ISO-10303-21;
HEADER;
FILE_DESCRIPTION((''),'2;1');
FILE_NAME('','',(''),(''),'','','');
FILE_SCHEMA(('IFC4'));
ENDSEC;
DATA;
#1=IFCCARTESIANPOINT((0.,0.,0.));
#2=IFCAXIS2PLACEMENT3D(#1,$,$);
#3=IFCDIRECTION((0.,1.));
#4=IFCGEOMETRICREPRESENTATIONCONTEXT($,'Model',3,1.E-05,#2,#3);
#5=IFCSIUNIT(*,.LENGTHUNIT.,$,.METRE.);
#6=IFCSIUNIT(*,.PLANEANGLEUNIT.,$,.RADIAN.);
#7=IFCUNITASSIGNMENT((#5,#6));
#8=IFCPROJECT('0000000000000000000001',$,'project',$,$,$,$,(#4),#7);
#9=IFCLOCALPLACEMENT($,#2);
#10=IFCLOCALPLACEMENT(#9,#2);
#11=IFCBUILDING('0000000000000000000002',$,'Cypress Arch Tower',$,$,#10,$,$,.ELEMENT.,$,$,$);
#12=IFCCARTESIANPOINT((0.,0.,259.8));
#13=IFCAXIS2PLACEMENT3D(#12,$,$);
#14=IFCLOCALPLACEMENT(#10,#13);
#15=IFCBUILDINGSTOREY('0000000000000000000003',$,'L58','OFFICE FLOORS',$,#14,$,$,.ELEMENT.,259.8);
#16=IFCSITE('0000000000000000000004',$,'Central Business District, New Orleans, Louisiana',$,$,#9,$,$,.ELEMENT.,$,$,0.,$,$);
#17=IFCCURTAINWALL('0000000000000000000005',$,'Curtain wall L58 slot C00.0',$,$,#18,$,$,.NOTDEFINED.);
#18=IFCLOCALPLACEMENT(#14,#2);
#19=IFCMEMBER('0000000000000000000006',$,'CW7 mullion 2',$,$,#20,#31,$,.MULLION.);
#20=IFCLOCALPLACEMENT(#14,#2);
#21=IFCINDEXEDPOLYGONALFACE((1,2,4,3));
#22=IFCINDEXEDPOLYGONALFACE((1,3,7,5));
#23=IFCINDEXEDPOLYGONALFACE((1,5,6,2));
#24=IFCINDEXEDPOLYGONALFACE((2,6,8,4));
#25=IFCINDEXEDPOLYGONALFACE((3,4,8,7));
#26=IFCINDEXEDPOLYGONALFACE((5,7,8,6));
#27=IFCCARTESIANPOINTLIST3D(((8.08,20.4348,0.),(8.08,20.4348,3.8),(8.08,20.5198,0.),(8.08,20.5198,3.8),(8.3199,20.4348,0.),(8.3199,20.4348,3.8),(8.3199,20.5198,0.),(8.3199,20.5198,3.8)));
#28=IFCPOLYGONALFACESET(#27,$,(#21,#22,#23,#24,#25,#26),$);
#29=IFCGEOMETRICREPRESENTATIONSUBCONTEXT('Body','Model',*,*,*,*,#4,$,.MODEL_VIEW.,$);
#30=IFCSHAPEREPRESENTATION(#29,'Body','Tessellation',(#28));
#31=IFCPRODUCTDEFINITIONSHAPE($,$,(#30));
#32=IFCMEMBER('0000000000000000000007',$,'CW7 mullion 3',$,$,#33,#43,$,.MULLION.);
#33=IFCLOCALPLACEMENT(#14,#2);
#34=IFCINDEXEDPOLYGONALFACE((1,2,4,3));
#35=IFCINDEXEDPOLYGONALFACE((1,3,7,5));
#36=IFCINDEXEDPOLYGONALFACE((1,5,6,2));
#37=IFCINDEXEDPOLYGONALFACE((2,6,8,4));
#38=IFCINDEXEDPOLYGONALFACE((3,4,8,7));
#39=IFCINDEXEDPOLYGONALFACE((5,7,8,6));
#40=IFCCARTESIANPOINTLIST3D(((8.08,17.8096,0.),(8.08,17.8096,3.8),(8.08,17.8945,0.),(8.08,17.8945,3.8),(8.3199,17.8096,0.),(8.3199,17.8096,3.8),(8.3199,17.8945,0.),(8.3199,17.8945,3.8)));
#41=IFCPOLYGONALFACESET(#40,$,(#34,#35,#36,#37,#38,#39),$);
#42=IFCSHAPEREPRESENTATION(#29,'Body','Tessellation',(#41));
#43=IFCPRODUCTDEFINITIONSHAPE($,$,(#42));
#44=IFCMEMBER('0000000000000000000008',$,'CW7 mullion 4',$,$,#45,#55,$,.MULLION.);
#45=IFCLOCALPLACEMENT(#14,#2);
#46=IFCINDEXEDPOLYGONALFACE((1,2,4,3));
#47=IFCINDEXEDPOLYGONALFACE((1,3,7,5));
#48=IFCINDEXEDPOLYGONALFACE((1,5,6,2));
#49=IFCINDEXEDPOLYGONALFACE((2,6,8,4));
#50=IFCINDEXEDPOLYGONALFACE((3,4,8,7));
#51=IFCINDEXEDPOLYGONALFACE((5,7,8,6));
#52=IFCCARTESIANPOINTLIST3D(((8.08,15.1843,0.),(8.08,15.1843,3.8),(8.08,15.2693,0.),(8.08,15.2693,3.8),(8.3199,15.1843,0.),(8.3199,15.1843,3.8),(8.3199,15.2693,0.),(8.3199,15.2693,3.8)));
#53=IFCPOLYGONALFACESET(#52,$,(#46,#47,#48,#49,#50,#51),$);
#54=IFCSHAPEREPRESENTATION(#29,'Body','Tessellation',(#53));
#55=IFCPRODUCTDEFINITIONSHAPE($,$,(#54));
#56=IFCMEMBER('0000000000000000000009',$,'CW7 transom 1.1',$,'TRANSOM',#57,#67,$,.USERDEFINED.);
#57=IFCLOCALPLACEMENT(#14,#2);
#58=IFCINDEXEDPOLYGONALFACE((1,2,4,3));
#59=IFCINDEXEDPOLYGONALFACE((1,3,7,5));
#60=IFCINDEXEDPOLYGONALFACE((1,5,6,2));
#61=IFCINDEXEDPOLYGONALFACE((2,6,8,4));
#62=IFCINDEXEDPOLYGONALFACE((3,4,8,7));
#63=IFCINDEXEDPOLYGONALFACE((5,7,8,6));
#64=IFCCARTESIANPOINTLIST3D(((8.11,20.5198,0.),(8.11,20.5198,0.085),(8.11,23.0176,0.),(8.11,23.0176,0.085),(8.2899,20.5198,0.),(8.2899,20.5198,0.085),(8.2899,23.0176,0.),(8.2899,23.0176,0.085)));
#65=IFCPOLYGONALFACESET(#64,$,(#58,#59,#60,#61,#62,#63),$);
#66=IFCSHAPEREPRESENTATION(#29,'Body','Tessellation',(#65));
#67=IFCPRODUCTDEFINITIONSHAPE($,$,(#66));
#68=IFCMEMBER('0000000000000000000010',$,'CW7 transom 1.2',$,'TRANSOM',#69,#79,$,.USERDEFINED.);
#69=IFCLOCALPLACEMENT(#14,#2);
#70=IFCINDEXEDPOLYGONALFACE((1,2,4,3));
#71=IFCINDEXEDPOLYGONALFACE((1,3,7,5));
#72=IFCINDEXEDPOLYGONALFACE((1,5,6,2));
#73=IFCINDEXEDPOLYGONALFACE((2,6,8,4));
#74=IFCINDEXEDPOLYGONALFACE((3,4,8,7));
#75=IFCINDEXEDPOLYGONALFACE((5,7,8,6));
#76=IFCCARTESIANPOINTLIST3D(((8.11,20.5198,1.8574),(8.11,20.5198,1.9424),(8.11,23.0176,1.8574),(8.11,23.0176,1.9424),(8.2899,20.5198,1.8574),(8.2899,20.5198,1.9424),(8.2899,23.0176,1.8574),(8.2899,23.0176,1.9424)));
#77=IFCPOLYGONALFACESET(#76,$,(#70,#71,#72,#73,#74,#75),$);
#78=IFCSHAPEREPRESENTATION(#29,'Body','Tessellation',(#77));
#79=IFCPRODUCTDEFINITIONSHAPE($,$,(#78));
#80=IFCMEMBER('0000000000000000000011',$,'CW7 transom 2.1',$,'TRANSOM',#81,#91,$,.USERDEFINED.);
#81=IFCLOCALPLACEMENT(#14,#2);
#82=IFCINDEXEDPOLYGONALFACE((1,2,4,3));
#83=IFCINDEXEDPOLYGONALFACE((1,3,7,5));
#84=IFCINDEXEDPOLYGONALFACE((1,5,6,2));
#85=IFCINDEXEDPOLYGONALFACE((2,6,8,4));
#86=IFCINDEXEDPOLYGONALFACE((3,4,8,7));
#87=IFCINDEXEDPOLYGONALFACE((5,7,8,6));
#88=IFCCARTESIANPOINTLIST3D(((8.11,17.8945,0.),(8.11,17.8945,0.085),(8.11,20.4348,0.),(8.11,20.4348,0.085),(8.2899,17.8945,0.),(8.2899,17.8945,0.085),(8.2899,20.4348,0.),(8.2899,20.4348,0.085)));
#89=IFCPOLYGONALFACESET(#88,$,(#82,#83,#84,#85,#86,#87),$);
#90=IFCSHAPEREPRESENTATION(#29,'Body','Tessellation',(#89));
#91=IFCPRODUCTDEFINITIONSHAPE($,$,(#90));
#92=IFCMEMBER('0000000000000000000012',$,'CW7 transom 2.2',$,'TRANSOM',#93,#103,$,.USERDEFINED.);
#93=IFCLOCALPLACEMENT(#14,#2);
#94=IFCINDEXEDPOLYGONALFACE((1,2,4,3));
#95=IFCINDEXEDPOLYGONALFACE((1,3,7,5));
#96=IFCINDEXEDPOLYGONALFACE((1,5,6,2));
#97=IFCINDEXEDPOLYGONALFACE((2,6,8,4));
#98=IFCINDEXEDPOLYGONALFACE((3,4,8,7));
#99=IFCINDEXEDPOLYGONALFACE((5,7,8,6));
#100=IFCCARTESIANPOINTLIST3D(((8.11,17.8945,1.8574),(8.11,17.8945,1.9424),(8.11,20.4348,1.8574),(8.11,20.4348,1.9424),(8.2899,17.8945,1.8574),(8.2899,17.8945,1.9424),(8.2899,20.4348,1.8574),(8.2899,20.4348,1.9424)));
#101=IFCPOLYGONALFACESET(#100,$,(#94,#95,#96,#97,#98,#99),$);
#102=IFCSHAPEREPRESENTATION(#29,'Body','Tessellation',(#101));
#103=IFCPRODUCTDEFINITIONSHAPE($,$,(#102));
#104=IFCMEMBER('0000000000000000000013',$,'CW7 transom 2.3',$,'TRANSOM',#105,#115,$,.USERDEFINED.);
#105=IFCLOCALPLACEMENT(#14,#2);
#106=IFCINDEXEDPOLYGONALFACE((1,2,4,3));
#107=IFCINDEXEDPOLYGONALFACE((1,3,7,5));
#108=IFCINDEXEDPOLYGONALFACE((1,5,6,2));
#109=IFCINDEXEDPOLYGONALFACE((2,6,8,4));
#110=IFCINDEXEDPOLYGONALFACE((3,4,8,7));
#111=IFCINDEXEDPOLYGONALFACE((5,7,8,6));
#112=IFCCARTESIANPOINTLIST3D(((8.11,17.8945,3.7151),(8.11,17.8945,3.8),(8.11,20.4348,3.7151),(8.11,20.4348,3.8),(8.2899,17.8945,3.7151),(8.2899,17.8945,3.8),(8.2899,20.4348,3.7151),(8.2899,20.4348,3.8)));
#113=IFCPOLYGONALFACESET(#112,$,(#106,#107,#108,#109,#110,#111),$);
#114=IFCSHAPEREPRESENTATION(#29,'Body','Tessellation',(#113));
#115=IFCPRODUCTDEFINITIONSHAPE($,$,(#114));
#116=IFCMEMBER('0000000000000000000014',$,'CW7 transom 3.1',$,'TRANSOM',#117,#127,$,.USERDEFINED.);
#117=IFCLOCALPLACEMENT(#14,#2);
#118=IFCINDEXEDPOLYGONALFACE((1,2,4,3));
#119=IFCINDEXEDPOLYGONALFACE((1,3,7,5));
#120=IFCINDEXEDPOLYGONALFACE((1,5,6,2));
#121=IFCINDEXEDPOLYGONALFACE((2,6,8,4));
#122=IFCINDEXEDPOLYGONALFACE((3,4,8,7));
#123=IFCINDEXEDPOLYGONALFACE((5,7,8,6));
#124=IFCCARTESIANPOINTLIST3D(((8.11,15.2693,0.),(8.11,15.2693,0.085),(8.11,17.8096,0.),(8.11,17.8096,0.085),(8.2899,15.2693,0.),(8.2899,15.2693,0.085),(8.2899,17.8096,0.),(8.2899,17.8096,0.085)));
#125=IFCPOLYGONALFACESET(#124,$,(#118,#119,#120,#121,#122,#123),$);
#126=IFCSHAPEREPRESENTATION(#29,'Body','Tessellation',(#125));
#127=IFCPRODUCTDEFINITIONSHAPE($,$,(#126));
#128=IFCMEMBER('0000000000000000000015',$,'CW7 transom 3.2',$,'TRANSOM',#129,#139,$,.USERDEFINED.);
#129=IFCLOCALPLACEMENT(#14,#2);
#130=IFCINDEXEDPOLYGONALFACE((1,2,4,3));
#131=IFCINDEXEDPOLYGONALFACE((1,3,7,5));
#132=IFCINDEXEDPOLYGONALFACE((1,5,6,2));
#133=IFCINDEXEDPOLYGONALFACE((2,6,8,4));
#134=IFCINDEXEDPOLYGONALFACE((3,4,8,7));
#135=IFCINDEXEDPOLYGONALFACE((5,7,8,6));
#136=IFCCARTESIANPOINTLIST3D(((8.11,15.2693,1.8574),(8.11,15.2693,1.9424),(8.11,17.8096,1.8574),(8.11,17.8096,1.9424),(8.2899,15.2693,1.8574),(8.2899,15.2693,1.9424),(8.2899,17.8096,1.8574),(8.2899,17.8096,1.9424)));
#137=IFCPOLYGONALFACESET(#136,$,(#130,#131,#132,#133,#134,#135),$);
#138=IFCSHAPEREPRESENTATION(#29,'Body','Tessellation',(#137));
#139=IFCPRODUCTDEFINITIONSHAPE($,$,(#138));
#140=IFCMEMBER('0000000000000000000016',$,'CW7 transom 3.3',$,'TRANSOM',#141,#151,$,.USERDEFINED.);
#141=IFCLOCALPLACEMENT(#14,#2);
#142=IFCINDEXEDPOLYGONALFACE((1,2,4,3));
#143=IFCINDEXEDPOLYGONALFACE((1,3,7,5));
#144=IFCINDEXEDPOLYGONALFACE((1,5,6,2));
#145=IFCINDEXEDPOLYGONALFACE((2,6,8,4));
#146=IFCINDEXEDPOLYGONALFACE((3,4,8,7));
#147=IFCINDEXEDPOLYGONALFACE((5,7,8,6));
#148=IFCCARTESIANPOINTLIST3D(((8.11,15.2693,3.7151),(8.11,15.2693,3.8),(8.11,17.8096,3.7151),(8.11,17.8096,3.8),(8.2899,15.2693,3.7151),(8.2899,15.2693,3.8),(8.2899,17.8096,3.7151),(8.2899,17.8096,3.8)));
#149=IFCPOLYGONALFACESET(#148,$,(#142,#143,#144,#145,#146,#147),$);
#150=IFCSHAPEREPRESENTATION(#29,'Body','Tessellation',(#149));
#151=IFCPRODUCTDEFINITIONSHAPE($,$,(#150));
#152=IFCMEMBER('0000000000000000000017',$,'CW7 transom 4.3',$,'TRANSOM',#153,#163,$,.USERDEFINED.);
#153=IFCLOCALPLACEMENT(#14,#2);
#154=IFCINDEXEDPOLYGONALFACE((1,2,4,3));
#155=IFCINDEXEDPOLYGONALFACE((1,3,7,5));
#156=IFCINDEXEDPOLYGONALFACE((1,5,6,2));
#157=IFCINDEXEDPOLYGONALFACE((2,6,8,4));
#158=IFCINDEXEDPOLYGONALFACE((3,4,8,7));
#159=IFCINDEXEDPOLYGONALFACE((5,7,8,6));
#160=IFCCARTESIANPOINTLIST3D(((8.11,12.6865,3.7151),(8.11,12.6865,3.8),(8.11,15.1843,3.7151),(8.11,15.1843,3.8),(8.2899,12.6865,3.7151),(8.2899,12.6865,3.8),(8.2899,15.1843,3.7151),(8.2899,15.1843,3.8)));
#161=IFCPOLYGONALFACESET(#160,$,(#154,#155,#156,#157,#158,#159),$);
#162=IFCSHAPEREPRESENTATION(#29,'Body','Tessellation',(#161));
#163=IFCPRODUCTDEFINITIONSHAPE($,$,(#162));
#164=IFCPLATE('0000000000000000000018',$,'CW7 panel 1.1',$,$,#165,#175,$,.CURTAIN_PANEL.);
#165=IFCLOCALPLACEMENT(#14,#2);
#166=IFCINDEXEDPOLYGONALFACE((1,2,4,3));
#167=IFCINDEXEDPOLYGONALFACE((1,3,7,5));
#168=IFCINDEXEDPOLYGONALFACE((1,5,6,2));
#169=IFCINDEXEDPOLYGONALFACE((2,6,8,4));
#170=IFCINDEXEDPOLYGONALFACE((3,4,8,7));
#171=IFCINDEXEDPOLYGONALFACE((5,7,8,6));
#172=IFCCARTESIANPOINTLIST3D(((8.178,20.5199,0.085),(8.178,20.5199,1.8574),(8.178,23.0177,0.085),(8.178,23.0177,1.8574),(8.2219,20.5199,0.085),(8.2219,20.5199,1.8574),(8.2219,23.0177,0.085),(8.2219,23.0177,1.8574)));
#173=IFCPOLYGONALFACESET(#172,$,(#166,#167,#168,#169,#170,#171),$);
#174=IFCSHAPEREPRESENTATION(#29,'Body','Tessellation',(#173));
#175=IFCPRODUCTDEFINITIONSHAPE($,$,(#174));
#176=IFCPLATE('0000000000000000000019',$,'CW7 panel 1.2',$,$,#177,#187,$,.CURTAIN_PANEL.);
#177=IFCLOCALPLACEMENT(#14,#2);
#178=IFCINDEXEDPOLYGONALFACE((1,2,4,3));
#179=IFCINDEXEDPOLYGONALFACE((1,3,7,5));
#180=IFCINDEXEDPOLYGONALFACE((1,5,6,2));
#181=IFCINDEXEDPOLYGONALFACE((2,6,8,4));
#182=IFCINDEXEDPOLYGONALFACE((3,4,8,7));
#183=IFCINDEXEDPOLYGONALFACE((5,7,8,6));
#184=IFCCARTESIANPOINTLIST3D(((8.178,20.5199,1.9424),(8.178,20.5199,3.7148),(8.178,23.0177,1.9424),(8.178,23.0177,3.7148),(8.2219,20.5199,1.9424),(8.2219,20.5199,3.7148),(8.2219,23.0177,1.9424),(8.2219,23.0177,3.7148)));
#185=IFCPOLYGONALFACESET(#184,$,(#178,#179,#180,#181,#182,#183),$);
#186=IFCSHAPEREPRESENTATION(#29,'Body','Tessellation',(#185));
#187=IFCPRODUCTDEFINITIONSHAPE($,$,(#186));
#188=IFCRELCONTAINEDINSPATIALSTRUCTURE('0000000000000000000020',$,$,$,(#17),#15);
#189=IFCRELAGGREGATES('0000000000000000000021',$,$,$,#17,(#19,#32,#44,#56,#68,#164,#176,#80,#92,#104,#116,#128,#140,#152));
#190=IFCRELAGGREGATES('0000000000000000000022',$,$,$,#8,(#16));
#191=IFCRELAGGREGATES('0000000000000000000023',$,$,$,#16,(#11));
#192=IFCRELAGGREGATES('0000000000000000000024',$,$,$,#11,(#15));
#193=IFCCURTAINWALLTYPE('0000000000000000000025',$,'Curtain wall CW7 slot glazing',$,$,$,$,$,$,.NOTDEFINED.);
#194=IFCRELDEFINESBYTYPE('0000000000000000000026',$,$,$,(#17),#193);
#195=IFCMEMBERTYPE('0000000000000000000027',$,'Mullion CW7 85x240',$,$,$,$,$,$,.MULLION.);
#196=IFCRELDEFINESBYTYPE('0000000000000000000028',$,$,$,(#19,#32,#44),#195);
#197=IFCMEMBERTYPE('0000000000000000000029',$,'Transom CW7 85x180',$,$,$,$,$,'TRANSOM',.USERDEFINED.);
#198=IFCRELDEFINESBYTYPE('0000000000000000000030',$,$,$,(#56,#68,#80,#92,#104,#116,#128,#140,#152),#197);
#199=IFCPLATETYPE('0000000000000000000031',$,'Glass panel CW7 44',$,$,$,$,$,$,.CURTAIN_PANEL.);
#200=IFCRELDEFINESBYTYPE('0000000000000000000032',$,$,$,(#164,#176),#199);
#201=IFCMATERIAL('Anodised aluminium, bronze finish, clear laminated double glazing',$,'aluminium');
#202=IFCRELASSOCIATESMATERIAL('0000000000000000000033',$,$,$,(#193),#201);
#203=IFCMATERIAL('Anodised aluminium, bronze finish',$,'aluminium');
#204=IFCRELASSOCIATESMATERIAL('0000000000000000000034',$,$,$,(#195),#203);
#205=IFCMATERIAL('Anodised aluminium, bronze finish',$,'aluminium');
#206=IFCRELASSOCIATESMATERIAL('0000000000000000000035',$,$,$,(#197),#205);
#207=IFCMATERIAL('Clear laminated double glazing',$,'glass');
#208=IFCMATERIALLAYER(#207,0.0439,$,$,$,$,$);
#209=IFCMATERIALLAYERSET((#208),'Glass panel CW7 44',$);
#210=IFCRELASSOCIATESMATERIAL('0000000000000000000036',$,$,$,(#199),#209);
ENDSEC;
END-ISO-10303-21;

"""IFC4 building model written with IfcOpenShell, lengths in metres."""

from ifc_helpers import new_model, si_unit, direction, frame, origin, origin_2d, place, context, subcontext, project, spatial, rectangle, extrude, material, layer, layer_set, material_profile, profile_set, type_object, element, aggregate, save


model = new_model("IFC4")

# Units and contexts
model_context = context("Model", 3, precision=1e-05, world=origin(), true_north=direction((0.0, 1.0)))
body_context = subcontext(model_context, "Body", "Model", "MODEL_VIEW")
ifc_project = project(units=[si_unit("LENGTHUNIT", "METRE"), si_unit("PLANEANGLEUNIT", "RADIAN")], contexts=[model_context])

# Site, building, storey
site_placement = place(None, origin())
site = spatial("IfcSite", under=ifc_project, at=site_placement, Name="Central Business District, New Orleans, Louisiana", CompositionType="ELEMENT", RefElevation=0.0)
building_placement = place(site_placement, origin())
building = spatial("IfcBuilding", under=site, at=building_placement, Name="Cypress Arch Tower", CompositionType="ELEMENT")
storey_placement = place(building_placement, frame((0.0, 0.0, 259.8)))
storey = spatial("IfcBuildingStorey", under=building, at=storey_placement, Name="L58", Description="OFFICE FLOORS", CompositionType="ELEMENT", Elevation=259.8)

# Curtain wall, members, plates
ifc_material_1 = material(Name="Anodised aluminium, bronze finish, clear laminated double glazing", Category="aluminium")
curtain_wall_type = type_object("IfcCurtainWallType", Name="Curtain wall CW7 slot glazing", PredefinedType="NOTDEFINED", material=ifc_material_1)
curtain_wall_placement = place(storey_placement, origin())
curtain_wall = element("IfcCurtainWall", 1, at=curtain_wall_placement, inside=storey, type_object=curtain_wall_type, Name="Curtain wall L58 slot C00.0", PredefinedType="NOTDEFINED")
ifc_material_2 = material(Name="Anodised aluminium, bronze finish", Category="aluminium")
ifc_material_profile_1 = material_profile(ifc_material_2, rectangle(XDim=0.24, YDim=0.085, at=origin_2d()), Name="Mullion 85x240")
ifc_profile_set_1 = profile_set([ifc_material_profile_1], Name="Anodised aluminium, bronze finish")
member_type_1 = type_object("IfcMemberType", Name="Mullion CW7 85x240", PredefinedType="MULLION", material=ifc_profile_set_1)
member_1_placement = place(storey_placement, frame((8.2, 20.4773, 0.0), z_axis=(0.0, 0.0, 1.0), x_axis=(1.0, 0.0, 0.0)))
member_1 = element("IfcMember", 2, at=member_1_placement, type_object=member_type_1, Name="CW7 mullion 2", PredefinedType="MULLION", context=body_context, shape_type="SweptSolid", body=[
    extrude(rectangle(XDim=0.24, YDim=0.085, at=origin_2d()), origin(), (0.0, 0.0, 1.0), 3.8),
])
member_2_placement = place(storey_placement, frame((8.2, 17.8521, 0.0), z_axis=(0.0, 0.0, 1.0), x_axis=(1.0, 0.0, 0.0)))
member_2 = element("IfcMember", 3, at=member_2_placement, type_object=member_type_1, Name="CW7 mullion 3", PredefinedType="MULLION", context=body_context, shape_type="SweptSolid", body=[
    extrude(rectangle(XDim=0.24, YDim=0.085, at=origin_2d()), origin(), (0.0, 0.0, 1.0), 3.8),
])
member_3_placement = place(storey_placement, frame((8.2, 15.2268, 0.0), z_axis=(0.0, 0.0, 1.0), x_axis=(1.0, 0.0, 0.0)))
member_3 = element("IfcMember", 4, at=member_3_placement, type_object=member_type_1, Name="CW7 mullion 4", PredefinedType="MULLION", context=body_context, shape_type="SweptSolid", body=[
    extrude(rectangle(XDim=0.24, YDim=0.085, at=origin_2d()), origin(), (0.0, 0.0, 1.0), 3.8),
])
ifc_material_3 = material(Name="Anodised aluminium, bronze finish", Category="aluminium")
ifc_material_profile_2 = material_profile(ifc_material_3, rectangle(XDim=0.1799, YDim=0.085, at=origin_2d()), Name="Transom 85x180")
ifc_profile_set_2 = profile_set([ifc_material_profile_2], Name="Anodised aluminium, bronze finish")
member_type_2 = type_object("IfcMemberType", Name="Transom CW7 85x180", ElementType="TRANSOM", PredefinedType="USERDEFINED", material=ifc_profile_set_2)
member_4_placement = place(storey_placement, frame((8.2, 23.0176, 0.0425), z_axis=(0.0, -1.0, 0.0), x_axis=(1.0, 0.0, 0.0)))
member_4 = element("IfcMember", 5, at=member_4_placement, type_object=member_type_2, Name="CW7 transom 1.1", ObjectType="TRANSOM", PredefinedType="USERDEFINED", context=body_context, shape_type="SweptSolid", body=[
    extrude(rectangle(XDim=0.1799, YDim=0.085, at=origin_2d()), origin(), (0.0, 0.0, 1.0), 2.4978),
])
member_5_placement = place(storey_placement, frame((8.2, 23.0176, 1.8999), z_axis=(0.0, -1.0, 0.0), x_axis=(1.0, 0.0, 0.0)))
member_5 = element("IfcMember", 6, at=member_5_placement, type_object=member_type_2, Name="CW7 transom 1.2", ObjectType="TRANSOM", PredefinedType="USERDEFINED", context=body_context, shape_type="SweptSolid", body=[
    extrude(rectangle(XDim=0.1799, YDim=0.085, at=origin_2d()), origin(), (0.0, 0.0, 1.0), 2.4978),
])
member_6_placement = place(storey_placement, frame((8.2, 20.4348, 0.0425), z_axis=(0.0, -1.0, 0.0), x_axis=(1.0, 0.0, 0.0)))
member_6 = element("IfcMember", 7, at=member_6_placement, type_object=member_type_2, Name="CW7 transom 2.1", ObjectType="TRANSOM", PredefinedType="USERDEFINED", context=body_context, shape_type="SweptSolid", body=[
    extrude(rectangle(XDim=0.1799, YDim=0.085, at=origin_2d()), origin(), (0.0, 0.0, 1.0), 2.5403),
])
member_7_placement = place(storey_placement, frame((8.2, 20.4348, 1.8999), z_axis=(0.0, -1.0, 0.0), x_axis=(1.0, 0.0, 0.0)))
member_7 = element("IfcMember", 8, at=member_7_placement, type_object=member_type_2, Name="CW7 transom 2.2", ObjectType="TRANSOM", PredefinedType="USERDEFINED", context=body_context, shape_type="SweptSolid", body=[
    extrude(rectangle(XDim=0.1799, YDim=0.085, at=origin_2d()), origin(), (0.0, 0.0, 1.0), 2.5403),
])
member_8_placement = place(storey_placement, frame((8.2, 20.4348, 3.7576), z_axis=(0.0, -1.0, 0.0), x_axis=(1.0, 0.0, 0.0)))
member_8 = element("IfcMember", 9, at=member_8_placement, type_object=member_type_2, Name="CW7 transom 2.3", ObjectType="TRANSOM", PredefinedType="USERDEFINED", context=body_context, shape_type="SweptSolid", body=[
    extrude(rectangle(XDim=0.1799, YDim=0.085, at=origin_2d()), origin(), (0.0, 0.0, 1.0), 2.5403),
])
member_9_placement = place(storey_placement, frame((8.2, 17.8096, 0.0425), z_axis=(0.0, -1.0, 0.0), x_axis=(1.0, 0.0, 0.0)))
member_9 = element("IfcMember", 10, at=member_9_placement, type_object=member_type_2, Name="CW7 transom 3.1", ObjectType="TRANSOM", PredefinedType="USERDEFINED", context=body_context, shape_type="SweptSolid", body=[
    extrude(rectangle(XDim=0.1799, YDim=0.085, at=origin_2d()), origin(), (0.0, 0.0, 1.0), 2.5403),
])
member_10_placement = place(storey_placement, frame((8.2, 17.8096, 1.8999), z_axis=(0.0, -1.0, 0.0), x_axis=(1.0, 0.0, 0.0)))
member_10 = element("IfcMember", 11, at=member_10_placement, type_object=member_type_2, Name="CW7 transom 3.2", ObjectType="TRANSOM", PredefinedType="USERDEFINED", context=body_context, shape_type="SweptSolid", body=[
    extrude(rectangle(XDim=0.1799, YDim=0.085, at=origin_2d()), origin(), (0.0, 0.0, 1.0), 2.5403),
])
member_11_placement = place(storey_placement, frame((8.2, 17.8096, 3.7576), z_axis=(0.0, -1.0, 0.0), x_axis=(1.0, 0.0, 0.0)))
member_11 = element("IfcMember", 12, at=member_11_placement, type_object=member_type_2, Name="CW7 transom 3.3", ObjectType="TRANSOM", PredefinedType="USERDEFINED", context=body_context, shape_type="SweptSolid", body=[
    extrude(rectangle(XDim=0.1799, YDim=0.085, at=origin_2d()), origin(), (0.0, 0.0, 1.0), 2.5403),
])
member_12_placement = place(storey_placement, frame((8.2, 15.1843, 3.7576), z_axis=(0.0, -1.0, 0.0), x_axis=(1.0, 0.0, 0.0)))
member_12 = element("IfcMember", 13, at=member_12_placement, type_object=member_type_2, Name="CW7 transom 4.3", ObjectType="TRANSOM", PredefinedType="USERDEFINED", context=body_context, shape_type="SweptSolid", body=[
    extrude(rectangle(XDim=0.1799, YDim=0.085, at=origin_2d()), origin(), (0.0, 0.0, 1.0), 2.4978),
])
ifc_material_4 = material(Name="Clear laminated double glazing", Category="glass")
ifc_layer = layer(ifc_material_4, 0.0439)
ifc_layer_set = layer_set([ifc_layer], Name="Glass panel CW7 44")
plate_type = type_object("IfcPlateType", Name="Glass panel CW7 44", PredefinedType="CURTAIN_PANEL", material=ifc_layer_set)
plate_1_placement = place(storey_placement, frame((8.2, 21.7688, 0.085), z_axis=(0.0, 0.0, 1.0), x_axis=(0.0, -1.0, 0.0)))
plate_1 = element("IfcPlate", 14, at=plate_1_placement, type_object=plate_type, Name="CW7 panel 1.1", PredefinedType="CURTAIN_PANEL", context=body_context, shape_type="SweptSolid", body=[
    extrude(rectangle(XDim=2.4978, YDim=0.0439, at=origin_2d()), origin(), (0.0, 0.0, 1.0), 1.7725),
])
plate_2_placement = place(storey_placement, frame((8.2, 21.7688, 1.9424), z_axis=(0.0, 0.0, 1.0), x_axis=(0.0, -1.0, 0.0)))
plate_2 = element("IfcPlate", 15, at=plate_2_placement, type_object=plate_type, Name="CW7 panel 1.2", PredefinedType="CURTAIN_PANEL", context=body_context, shape_type="SweptSolid", body=[
    extrude(rectangle(XDim=2.4978, YDim=0.0439, at=origin_2d()), origin(), (0.0, 0.0, 1.0), 1.7725),
])
aggregate(curtain_wall, [member_1, member_2, member_3, member_4, member_5, plate_1, plate_2, member_6, member_7, member_8, member_9, member_10, member_11, member_12])

save(model, "model.ifc")
